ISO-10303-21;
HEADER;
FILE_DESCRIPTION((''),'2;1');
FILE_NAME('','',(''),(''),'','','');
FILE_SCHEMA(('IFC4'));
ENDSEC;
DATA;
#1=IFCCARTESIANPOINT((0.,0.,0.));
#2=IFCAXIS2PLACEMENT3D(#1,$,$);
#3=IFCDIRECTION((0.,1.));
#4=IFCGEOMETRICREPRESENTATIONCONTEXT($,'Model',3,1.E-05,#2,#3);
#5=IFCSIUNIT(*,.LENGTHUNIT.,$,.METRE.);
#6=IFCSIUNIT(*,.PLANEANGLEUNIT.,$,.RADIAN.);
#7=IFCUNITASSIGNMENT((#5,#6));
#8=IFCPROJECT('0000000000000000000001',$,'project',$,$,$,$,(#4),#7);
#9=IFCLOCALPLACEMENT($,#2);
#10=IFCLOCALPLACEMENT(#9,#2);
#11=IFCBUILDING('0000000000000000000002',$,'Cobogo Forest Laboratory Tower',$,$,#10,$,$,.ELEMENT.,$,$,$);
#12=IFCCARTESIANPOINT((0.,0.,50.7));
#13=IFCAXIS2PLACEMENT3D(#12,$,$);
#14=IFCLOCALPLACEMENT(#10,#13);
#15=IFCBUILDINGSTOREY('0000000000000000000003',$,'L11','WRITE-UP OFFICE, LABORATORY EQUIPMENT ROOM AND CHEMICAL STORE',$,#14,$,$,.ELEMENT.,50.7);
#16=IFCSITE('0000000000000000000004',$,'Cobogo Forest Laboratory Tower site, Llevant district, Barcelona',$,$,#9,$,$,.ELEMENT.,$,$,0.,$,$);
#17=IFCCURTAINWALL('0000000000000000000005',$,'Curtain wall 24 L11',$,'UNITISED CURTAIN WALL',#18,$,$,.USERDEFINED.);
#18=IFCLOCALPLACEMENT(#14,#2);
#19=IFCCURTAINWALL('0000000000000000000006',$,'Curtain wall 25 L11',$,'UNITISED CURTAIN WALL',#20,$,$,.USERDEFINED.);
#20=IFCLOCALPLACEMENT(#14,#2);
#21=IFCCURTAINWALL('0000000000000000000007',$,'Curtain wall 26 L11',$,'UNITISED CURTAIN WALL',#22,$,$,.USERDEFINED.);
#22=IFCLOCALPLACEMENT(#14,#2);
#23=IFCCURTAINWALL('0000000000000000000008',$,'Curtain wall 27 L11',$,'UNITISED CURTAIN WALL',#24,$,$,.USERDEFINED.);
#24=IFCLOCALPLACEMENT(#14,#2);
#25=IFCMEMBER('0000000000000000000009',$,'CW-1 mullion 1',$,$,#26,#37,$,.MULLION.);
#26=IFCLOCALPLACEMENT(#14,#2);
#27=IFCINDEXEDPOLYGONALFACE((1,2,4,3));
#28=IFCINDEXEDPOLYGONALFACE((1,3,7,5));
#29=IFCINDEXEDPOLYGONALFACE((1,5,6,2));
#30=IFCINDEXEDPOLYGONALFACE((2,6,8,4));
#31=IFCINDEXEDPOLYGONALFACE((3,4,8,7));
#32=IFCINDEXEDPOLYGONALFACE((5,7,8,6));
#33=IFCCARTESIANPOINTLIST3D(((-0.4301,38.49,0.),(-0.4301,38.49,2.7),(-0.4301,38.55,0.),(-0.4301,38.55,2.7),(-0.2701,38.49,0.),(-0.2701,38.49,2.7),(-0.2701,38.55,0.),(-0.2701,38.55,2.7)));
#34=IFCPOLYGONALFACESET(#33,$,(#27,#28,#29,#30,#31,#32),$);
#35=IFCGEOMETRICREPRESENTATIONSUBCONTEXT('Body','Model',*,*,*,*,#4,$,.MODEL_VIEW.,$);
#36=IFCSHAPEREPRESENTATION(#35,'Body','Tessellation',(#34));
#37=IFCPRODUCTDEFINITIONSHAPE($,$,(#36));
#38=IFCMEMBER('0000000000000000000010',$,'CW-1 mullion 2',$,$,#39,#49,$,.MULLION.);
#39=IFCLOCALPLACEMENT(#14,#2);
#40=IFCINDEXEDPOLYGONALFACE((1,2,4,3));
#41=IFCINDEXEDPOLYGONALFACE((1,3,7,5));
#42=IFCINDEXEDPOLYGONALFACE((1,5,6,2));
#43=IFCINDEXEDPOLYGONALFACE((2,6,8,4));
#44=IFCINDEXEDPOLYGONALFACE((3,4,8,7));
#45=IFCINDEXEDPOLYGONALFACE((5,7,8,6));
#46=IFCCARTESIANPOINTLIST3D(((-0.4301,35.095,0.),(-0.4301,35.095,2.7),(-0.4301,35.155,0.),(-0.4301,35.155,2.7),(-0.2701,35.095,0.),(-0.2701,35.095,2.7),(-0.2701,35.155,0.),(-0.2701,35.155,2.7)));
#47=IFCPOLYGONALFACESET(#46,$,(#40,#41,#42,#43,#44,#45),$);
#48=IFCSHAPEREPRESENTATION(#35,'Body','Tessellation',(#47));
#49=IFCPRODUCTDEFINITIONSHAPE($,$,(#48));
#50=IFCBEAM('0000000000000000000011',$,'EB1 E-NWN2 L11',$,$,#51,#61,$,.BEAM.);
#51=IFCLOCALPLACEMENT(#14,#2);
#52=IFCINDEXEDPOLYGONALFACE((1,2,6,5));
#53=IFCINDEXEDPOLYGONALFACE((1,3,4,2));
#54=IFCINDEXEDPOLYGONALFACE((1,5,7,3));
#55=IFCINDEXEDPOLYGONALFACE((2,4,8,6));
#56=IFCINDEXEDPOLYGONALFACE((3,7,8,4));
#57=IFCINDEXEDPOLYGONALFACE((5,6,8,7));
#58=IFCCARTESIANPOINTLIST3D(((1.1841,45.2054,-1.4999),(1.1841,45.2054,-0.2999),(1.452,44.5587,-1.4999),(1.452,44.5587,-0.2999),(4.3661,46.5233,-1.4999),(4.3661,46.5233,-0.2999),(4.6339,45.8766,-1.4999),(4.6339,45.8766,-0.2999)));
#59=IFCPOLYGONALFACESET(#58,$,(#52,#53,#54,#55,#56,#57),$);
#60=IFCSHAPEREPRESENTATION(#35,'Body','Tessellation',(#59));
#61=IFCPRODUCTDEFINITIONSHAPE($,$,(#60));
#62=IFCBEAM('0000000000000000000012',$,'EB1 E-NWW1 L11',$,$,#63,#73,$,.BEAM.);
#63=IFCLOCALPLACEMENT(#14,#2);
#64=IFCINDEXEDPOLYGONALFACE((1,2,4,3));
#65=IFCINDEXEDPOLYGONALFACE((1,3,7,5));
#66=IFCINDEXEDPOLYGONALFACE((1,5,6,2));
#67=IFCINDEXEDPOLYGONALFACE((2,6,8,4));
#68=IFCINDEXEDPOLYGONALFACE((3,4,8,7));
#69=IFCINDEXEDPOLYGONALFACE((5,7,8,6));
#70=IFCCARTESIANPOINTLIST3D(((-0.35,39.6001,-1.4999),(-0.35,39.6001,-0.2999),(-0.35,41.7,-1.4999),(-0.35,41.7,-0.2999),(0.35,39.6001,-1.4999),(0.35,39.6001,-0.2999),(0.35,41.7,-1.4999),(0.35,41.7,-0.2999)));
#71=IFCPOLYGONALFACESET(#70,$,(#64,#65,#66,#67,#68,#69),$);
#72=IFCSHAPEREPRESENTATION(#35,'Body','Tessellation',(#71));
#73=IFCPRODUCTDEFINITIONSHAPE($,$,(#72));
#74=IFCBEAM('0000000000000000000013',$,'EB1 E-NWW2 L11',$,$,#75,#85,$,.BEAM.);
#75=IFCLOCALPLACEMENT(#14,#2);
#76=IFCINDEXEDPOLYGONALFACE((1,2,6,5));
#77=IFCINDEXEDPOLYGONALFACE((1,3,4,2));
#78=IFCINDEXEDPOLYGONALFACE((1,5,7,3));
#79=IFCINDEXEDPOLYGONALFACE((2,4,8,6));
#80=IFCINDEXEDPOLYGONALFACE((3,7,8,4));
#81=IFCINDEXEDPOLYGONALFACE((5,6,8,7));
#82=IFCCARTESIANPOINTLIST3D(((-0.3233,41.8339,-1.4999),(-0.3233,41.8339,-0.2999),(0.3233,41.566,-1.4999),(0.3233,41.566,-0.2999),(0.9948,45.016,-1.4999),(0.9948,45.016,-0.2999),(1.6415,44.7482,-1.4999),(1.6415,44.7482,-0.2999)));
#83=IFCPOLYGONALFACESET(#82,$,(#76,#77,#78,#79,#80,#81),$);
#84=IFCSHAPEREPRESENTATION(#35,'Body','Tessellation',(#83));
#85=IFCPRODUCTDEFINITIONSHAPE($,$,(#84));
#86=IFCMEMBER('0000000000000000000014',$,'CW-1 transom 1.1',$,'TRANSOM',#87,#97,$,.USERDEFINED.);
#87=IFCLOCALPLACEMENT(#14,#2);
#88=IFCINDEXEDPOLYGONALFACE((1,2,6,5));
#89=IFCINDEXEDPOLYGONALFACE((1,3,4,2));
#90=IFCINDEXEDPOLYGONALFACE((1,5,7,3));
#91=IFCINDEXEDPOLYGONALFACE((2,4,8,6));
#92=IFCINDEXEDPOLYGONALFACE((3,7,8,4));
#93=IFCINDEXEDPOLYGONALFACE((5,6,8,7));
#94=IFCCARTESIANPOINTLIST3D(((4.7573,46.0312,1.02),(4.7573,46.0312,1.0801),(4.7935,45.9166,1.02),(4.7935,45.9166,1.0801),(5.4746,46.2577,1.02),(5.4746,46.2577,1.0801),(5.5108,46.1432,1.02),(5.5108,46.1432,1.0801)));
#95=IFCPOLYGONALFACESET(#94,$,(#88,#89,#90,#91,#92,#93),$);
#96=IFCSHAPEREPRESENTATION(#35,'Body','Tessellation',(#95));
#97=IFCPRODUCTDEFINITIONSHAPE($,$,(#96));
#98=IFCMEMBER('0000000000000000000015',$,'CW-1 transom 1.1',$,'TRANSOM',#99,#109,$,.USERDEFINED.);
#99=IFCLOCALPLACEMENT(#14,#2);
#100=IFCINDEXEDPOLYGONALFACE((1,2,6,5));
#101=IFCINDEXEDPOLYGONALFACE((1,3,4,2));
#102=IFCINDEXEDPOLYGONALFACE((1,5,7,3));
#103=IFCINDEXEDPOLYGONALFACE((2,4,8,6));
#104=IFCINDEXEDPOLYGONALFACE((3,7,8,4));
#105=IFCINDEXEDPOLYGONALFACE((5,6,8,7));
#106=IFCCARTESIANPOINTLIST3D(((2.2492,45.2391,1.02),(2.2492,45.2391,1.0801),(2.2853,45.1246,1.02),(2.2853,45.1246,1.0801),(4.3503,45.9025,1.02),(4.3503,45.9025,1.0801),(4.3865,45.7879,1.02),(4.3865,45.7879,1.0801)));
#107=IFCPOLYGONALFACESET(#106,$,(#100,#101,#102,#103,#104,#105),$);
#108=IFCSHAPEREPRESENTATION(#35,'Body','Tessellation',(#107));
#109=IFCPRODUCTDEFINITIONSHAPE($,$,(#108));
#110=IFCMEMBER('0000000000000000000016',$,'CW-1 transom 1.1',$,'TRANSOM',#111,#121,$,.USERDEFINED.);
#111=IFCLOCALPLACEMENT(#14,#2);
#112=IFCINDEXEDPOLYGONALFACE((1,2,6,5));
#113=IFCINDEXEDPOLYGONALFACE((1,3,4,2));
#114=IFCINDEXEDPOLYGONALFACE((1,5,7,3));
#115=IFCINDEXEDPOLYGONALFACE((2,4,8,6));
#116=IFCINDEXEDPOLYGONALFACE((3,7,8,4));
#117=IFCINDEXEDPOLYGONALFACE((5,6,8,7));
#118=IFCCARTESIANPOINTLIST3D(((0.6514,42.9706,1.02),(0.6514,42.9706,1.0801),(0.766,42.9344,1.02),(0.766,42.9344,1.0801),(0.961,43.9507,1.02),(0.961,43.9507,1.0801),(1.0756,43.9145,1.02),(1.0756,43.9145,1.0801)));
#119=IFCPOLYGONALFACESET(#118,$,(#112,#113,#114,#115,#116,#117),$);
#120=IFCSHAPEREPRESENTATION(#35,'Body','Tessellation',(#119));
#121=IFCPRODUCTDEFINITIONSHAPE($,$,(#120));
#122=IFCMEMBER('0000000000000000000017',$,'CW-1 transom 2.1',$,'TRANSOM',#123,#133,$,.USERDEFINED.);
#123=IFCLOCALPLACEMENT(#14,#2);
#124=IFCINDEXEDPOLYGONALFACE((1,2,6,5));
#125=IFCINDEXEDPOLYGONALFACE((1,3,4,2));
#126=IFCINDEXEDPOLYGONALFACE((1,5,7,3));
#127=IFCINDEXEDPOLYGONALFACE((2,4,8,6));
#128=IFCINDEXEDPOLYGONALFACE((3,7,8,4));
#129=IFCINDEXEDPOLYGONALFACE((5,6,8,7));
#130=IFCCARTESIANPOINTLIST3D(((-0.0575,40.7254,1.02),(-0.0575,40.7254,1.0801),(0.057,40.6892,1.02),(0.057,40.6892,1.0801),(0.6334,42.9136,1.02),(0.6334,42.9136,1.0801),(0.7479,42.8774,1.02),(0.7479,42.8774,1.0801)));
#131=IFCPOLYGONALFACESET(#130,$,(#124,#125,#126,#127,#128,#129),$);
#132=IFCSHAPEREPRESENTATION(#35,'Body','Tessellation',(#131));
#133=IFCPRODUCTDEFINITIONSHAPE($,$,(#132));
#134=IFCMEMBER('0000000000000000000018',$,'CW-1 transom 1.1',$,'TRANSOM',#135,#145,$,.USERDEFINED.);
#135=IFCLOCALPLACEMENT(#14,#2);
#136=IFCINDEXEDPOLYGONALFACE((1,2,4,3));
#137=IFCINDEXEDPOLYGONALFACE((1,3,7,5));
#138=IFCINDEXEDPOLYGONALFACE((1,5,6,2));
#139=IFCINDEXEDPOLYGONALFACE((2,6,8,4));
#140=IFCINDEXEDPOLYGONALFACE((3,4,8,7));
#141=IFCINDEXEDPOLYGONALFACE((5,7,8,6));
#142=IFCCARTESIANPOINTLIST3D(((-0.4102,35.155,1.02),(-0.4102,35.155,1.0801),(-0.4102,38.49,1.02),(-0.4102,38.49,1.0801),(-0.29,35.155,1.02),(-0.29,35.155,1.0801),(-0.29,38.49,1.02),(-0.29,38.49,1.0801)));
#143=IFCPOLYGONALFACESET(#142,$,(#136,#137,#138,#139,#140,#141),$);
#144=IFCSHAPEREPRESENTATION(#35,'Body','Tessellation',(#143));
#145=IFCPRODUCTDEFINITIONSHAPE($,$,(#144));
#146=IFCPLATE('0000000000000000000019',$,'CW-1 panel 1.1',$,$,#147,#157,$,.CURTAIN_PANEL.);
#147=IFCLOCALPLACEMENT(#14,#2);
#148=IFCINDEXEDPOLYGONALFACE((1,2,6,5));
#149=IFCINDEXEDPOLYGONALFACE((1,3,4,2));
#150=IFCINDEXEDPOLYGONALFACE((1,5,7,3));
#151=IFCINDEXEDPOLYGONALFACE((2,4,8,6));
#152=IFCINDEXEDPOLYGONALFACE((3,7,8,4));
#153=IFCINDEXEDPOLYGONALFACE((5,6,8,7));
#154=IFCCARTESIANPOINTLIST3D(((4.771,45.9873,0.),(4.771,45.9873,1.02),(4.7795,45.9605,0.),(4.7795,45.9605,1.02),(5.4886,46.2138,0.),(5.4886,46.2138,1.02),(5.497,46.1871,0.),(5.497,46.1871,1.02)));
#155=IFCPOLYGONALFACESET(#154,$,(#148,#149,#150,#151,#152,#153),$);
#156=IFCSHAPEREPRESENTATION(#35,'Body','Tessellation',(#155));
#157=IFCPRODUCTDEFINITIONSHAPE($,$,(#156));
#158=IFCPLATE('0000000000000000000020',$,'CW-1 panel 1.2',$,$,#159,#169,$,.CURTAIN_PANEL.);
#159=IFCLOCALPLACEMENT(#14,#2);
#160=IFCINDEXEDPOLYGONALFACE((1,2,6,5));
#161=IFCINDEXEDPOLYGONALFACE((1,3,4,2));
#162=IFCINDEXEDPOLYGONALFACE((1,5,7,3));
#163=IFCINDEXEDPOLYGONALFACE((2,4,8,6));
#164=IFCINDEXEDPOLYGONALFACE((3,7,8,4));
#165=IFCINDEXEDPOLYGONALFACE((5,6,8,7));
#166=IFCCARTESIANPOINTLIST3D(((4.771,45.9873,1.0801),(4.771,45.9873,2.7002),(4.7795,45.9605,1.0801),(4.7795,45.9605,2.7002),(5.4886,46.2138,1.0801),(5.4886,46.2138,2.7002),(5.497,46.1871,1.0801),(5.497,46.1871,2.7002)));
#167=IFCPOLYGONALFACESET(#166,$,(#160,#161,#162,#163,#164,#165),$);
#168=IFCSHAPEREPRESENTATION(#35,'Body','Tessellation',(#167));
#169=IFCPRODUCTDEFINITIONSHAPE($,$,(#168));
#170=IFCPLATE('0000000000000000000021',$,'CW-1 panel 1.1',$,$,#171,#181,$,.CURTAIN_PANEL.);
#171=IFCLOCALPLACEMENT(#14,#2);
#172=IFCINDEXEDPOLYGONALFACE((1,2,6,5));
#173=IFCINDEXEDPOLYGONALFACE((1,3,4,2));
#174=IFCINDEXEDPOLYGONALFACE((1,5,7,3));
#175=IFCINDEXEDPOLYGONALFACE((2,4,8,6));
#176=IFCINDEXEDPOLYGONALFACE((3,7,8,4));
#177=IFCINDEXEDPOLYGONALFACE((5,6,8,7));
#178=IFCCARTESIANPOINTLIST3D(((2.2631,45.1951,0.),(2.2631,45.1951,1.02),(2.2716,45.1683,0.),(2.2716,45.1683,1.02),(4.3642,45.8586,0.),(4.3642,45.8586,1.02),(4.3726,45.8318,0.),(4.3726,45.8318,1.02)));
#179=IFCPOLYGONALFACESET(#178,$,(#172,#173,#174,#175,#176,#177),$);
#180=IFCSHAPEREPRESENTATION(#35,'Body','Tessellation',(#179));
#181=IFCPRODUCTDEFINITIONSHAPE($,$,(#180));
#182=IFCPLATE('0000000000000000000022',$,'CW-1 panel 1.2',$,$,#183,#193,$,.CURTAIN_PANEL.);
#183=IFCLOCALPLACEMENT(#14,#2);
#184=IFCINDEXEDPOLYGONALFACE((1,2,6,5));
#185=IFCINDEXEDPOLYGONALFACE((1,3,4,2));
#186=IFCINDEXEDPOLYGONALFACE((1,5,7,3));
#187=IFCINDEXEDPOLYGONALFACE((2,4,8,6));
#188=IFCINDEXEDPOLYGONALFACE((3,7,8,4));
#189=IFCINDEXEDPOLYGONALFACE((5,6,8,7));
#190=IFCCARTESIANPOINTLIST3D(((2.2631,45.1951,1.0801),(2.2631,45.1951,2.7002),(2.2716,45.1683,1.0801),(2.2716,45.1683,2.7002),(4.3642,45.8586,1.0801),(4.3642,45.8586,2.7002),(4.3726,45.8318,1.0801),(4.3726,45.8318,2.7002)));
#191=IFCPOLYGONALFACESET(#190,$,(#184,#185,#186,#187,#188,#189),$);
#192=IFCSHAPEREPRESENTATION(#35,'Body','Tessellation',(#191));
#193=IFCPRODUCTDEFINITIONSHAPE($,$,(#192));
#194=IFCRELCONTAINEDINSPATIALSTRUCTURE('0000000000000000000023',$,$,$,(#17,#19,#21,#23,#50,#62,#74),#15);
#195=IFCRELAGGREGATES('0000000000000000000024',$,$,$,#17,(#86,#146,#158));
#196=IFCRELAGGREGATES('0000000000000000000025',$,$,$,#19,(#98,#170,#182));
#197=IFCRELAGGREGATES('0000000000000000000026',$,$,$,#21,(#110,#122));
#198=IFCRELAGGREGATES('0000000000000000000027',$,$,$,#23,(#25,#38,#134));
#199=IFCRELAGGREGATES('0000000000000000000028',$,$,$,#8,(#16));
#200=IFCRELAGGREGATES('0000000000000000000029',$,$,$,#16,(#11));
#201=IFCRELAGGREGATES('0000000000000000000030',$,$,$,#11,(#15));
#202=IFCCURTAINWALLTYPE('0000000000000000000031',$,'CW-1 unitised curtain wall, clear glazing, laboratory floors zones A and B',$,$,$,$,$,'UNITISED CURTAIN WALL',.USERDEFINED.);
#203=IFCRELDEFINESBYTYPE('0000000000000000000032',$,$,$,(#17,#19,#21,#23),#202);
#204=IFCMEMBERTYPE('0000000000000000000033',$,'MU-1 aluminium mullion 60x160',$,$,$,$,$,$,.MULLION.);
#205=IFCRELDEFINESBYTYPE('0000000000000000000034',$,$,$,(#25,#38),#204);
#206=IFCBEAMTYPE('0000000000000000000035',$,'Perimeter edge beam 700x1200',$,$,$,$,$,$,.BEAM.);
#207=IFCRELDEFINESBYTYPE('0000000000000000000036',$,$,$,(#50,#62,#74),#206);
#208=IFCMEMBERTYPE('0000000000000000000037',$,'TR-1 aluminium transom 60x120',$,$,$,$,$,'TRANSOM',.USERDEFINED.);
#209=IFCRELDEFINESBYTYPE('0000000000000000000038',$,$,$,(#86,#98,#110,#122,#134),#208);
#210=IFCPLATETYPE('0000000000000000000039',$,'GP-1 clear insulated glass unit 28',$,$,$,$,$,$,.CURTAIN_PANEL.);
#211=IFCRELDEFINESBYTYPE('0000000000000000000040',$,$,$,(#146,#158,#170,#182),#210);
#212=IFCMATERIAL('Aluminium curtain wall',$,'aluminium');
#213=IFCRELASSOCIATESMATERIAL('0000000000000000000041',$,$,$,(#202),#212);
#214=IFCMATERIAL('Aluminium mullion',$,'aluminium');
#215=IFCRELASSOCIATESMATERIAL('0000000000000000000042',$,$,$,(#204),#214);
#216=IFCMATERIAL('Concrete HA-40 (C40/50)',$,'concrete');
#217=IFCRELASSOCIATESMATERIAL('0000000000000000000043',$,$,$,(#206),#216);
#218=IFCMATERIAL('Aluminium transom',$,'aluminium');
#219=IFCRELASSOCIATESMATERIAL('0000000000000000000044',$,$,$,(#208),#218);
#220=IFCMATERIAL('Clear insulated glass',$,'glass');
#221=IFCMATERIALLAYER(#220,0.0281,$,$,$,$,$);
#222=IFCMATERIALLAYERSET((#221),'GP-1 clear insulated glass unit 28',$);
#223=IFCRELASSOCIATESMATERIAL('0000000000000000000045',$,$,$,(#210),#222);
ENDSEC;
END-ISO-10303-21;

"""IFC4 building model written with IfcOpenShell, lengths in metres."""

from ifc_helpers import new_model, si_unit, direction, frame, origin, origin_2d, place, context, subcontext, project, spatial, rectangle, extrude, material, layer, layer_set, material_profile, profile_set, type_object, element, aggregate, save


model = new_model("IFC4")

# Units and contexts
model_context = context("Model", 3, precision=1e-05, world=origin(), true_north=direction((0.0, 1.0)))
body_context = subcontext(model_context, "Body", "Model", "MODEL_VIEW")
ifc_project = project(units=[si_unit("LENGTHUNIT", "METRE"), si_unit("PLANEANGLEUNIT", "RADIAN")], contexts=[model_context])

# Site, building, storey
site_placement = place(None, origin())
site = spatial("IfcSite", under=ifc_project, at=site_placement, Name="Cobogo Forest Laboratory Tower site, Llevant district, Barcelona", CompositionType="ELEMENT", RefElevation=0.0)
building_placement = place(site_placement, origin())
building = spatial("IfcBuilding", under=site, at=building_placement, Name="Cobogo Forest Laboratory Tower", CompositionType="ELEMENT")
storey_placement = place(building_placement, frame((0.0, 0.0, 50.7)))
storey = spatial("IfcBuildingStorey", under=building, at=storey_placement, Name="L11", Description="WRITE-UP OFFICE, LABORATORY EQUIPMENT ROOM AND CHEMICAL STORE", CompositionType="ELEMENT", Elevation=50.7)

# Shared definitions
ifc_material_1 = material(Name="Concrete HA-40 (C40/50)", Category="concrete")

# Curtain walls, members
ifc_material_2 = material(Name="Aluminium curtain wall", Category="aluminium")
curtain_wall_type = type_object("IfcCurtainWallType", Name="CW-1 unitised curtain wall, clear glazing, laboratory floors zones A and B", ElementType="UNITISED CURTAIN WALL", PredefinedType="USERDEFINED", material=ifc_material_2)
curtain_wall_1_placement = place(storey_placement, origin())
curtain_wall_1 = element("IfcCurtainWall", 1, at=curtain_wall_1_placement, inside=storey, type_object=curtain_wall_type, Name="Curtain wall 24 L11", ObjectType="UNITISED CURTAIN WALL", PredefinedType="USERDEFINED")
ifc_material_3 = material(Name="Aluminium mullion", Category="aluminium")
ifc_material_profile_1 = material_profile(ifc_material_3, rectangle(XDim=0.0601, YDim=0.1599, at=origin_2d()), Name="AL 60x160")
ifc_profile_set_1 = profile_set([ifc_material_profile_1], Name="Aluminium mullion")
member_type_1 = type_object("IfcMemberType", Name="MU-1 aluminium mullion 60x160", PredefinedType="MULLION", material=ifc_profile_set_1)
curtain_wall_2_placement = place(storey_placement, origin())
curtain_wall_2 = element("IfcCurtainWall", 2, at=curtain_wall_2_placement, inside=storey, type_object=curtain_wall_type, Name="Curtain wall 25 L11", ObjectType="UNITISED CURTAIN WALL", PredefinedType="USERDEFINED")
curtain_wall_3_placement = place(storey_placement, origin())
curtain_wall_3 = element("IfcCurtainWall", 3, at=curtain_wall_3_placement, inside=storey, type_object=curtain_wall_type, Name="Curtain wall 26 L11", ObjectType="UNITISED CURTAIN WALL", PredefinedType="USERDEFINED")
curtain_wall_4_placement = place(storey_placement, origin())
curtain_wall_4 = element("IfcCurtainWall", 4, at=curtain_wall_4_placement, inside=storey, type_object=curtain_wall_type, Name="Curtain wall 27 L11", ObjectType="UNITISED CURTAIN WALL", PredefinedType="USERDEFINED")
member_1_placement = place(storey_placement, frame((-0.3501, 38.52, 0.0), z_axis=(0.0, 0.0, 1.0), x_axis=(0.0, -1.0, 0.0)))
member_1 = element("IfcMember", 5, at=member_1_placement, type_object=member_type_1, Name="CW-1 mullion 1", PredefinedType="MULLION", context=body_context, shape_type="SweptSolid", body=[
    extrude(rectangle(XDim=0.0601, YDim=0.1599, at=origin_2d()), origin(), (0.0, 0.0, 1.0), 2.7),
])
member_2_placement = place(storey_placement, frame((-0.3501, 35.125, 0.0), z_axis=(0.0, 0.0, 1.0), x_axis=(0.0, -1.0, 0.0)))
member_2 = element("IfcMember", 6, at=member_2_placement, type_object=member_type_1, Name="CW-1 mullion 2", PredefinedType="MULLION", context=body_context, shape_type="SweptSolid", body=[
    extrude(rectangle(XDim=0.0601, YDim=0.1599, at=origin_2d()), origin(), (0.0, 0.0, 1.0), 2.7),
])

# Beams
ifc_material_profile_2 = material_profile(ifc_material_1, rectangle(XDim=0.7, YDim=1.2, at=origin_2d()), Name="RC 700x1200")
ifc_profile_set_2 = profile_set([ifc_material_profile_2], Name="Concrete HA-40 (C40/50)")
beam_type_1 = type_object("IfcBeamType", Name="Perimeter edge beam 700x1200", PredefinedType="BEAM", material=ifc_profile_set_2)
beam_1_placement = place(storey_placement, frame((4.5, 46.2, -0.8999), z_axis=(-0.923891, -0.382656, 0.0), x_axis=(0.382656, -0.923891, 0.0)))
element("IfcBeam", 7, at=beam_1_placement, inside=storey, type_object=beam_type_1, Name="EB1 E-NWN2 L11", PredefinedType="BEAM", context=body_context, shape_type="SweptSolid", body=[
    extrude(rectangle(XDim=0.7, YDim=1.2, at=origin_2d()), origin(), (0.0, 0.0, 1.0), 3.4441),
])
beam_2_placement = place(storey_placement, frame((0.0, 39.6001, -0.8999), z_axis=(0.0, 1.0, 0.0), x_axis=(-1.0, 0.0, 0.0)))
element("IfcBeam", 8, at=beam_2_placement, inside=storey, type_object=beam_type_1, Name="EB1 E-NWW1 L11", PredefinedType="BEAM", context=body_context, shape_type="SweptSolid", body=[
    extrude(rectangle(XDim=0.7, YDim=1.2, at=origin_2d()), origin(), (0.0, 0.0, 1.0), 2.0999),
])
beam_3_placement = place(storey_placement, frame((0.0, 41.7, -0.8999), z_axis=(0.382692, 0.923876, 0.0), x_axis=(-0.923876, 0.382692, 0.0)))
element("IfcBeam", 9, at=beam_3_placement, inside=storey, type_object=beam_type_1, Name="EB1 E-NWW2 L11", PredefinedType="BEAM", context=body_context, shape_type="SweptSolid", body=[
    extrude(rectangle(XDim=0.7, YDim=1.2, at=origin_2d()), origin(), (0.0, 0.0, 1.0), 3.4443),
])

# Members
ifc_material_4 = material(Name="Aluminium transom", Category="aluminium")
ifc_material_profile_3 = material_profile(ifc_material_4, rectangle(XDim=0.1201, YDim=0.0601, at=origin_2d()), Name="AL 60x120")
ifc_profile_set_3 = profile_set([ifc_material_profile_3], Name="Aluminium transom")
member_type_2 = type_object("IfcMemberType", Name="TR-1 aluminium transom 60x120", ElementType="TRANSOM", PredefinedType="USERDEFINED", material=ifc_profile_set_3)
member_3_placement = place(storey_placement, frame((5.4927, 46.2004, 1.05), z_axis=(-0.953563, -0.301194, 0.0), x_axis=(0.301194, -0.953563, 0.0)))
member_3 = element("IfcMember", 10, at=member_3_placement, type_object=member_type_2, Name="CW-1 transom 1.1", ObjectType="TRANSOM", PredefinedType="USERDEFINED", context=body_context, shape_type="SweptSolid", body=[
    extrude(rectangle(XDim=0.1201, YDim=0.0601, at=origin_2d()), origin(), (0.0, 0.0, 1.0), 0.7522),
])
member_4_placement = place(storey_placement, frame((4.3684, 45.8452, 1.05), z_axis=(-0.953604, -0.301062, 0.0), x_axis=(0.301062, -0.953604, 0.0)))
member_4 = element("IfcMember", 11, at=member_4_placement, type_object=member_type_2, Name="CW-1 transom 1.1", ObjectType="TRANSOM", PredefinedType="USERDEFINED", context=body_context, shape_type="SweptSolid", body=[
    extrude(rectangle(XDim=0.1201, YDim=0.0601, at=origin_2d()), origin(), (0.0, 0.0, 1.0), 2.2034),
])
member_5_placement = place(storey_placement, frame((1.0183, 43.9326, 1.05), z_axis=(-0.301222, -0.953554, 0.0), x_axis=(0.953554, -0.301222, 0.0)))
member_5 = element("IfcMember", 12, at=member_5_placement, type_object=member_type_2, Name="CW-1 transom 1.1", ObjectType="TRANSOM", PredefinedType="USERDEFINED", context=body_context, shape_type="SweptSolid", body=[
    extrude(rectangle(XDim=0.1201, YDim=0.0601, at=origin_2d()), origin(), (0.0, 0.0, 1.0), 1.0278),
])
member_6_placement = place(storey_placement, frame((0.6907, 42.8955, 1.05), z_axis=(-0.301091, -0.953596, 0.0), x_axis=(0.953596, -0.301091, 0.0)))
member_6 = element("IfcMember", 13, at=member_6_placement, type_object=member_type_2, Name="CW-1 transom 2.1", ObjectType="TRANSOM", PredefinedType="USERDEFINED", context=body_context, shape_type="SweptSolid", body=[
    extrude(rectangle(XDim=0.1201, YDim=0.0601, at=origin_2d()), origin(), (0.0, 0.0, 1.0), 2.2947),
])
member_7_placement = place(storey_placement, frame((-0.3501, 38.49, 1.05), z_axis=(0.0, -1.0, 0.0), x_axis=(1.0, 0.0, 0.0)))
member_7 = element("IfcMember", 14, at=member_7_placement, type_object=member_type_2, Name="CW-1 transom 1.1", ObjectType="TRANSOM", PredefinedType="USERDEFINED", context=body_context, shape_type="SweptSolid", body=[
    extrude(rectangle(XDim=0.1201, YDim=0.0601, at=origin_2d()), origin(), (0.0, 0.0, 1.0), 3.335),
])

# Plates
ifc_material_5 = material(Name="Clear insulated glass", Category="glass")
ifc_layer_1 = layer(ifc_material_5, 0.0281)
ifc_layer_set_1 = layer_set([ifc_layer_1], Name="GP-1 clear insulated glass unit 28")
plate_type = type_object("IfcPlateType", Name="GP-1 clear insulated glass unit 28", PredefinedType="CURTAIN_PANEL", material=ifc_layer_set_1)
plate_1_placement = place(storey_placement, frame((5.134, 46.0872, 0.0), z_axis=(0.0, 0.0, 1.0), x_axis=(-0.953582, -0.301135, 0.0)))
plate_1 = element("IfcPlate", 15, at=plate_1_placement, type_object=plate_type, Name="CW-1 panel 1.1", PredefinedType="CURTAIN_PANEL", context=body_context, shape_type="SweptSolid", body=[
    extrude(rectangle(XDim=0.7524, YDim=0.0281, at=origin_2d()), origin(), (0.0, 0.0, 1.0), 1.02),
])
plate_2_placement = place(storey_placement, frame((5.134, 46.0872, 1.0801), z_axis=(0.0, 0.0, 1.0), x_axis=(-0.953582, -0.301135, 0.0)))
plate_2 = element("IfcPlate", 16, at=plate_2_placement, type_object=plate_type, Name="CW-1 panel 1.2", PredefinedType="CURTAIN_PANEL", context=body_context, shape_type="SweptSolid", body=[
    extrude(rectangle(XDim=0.7524, YDim=0.0281, at=origin_2d()), origin(), (0.0, 0.0, 1.0), 1.6201),
])
aggregate(curtain_wall_1, [member_3, plate_1, plate_2])
plate_3_placement = place(storey_placement, frame((3.3179, 45.5134, 0.0), z_axis=(0.0, 0.0, 1.0), x_axis=(-0.953581, -0.301135, 0.0)))
plate_3 = element("IfcPlate", 17, at=plate_3_placement, type_object=plate_type, Name="CW-1 panel 1.1", PredefinedType="CURTAIN_PANEL", context=body_context, shape_type="SweptSolid", body=[
    extrude(rectangle(XDim=2.2034, YDim=0.0281, at=origin_2d()), origin(), (0.0, 0.0, 1.0), 1.02),
])
plate_4_placement = place(storey_placement, frame((3.3179, 45.5134, 1.0801), z_axis=(0.0, 0.0, 1.0), x_axis=(-0.953581, -0.301135, 0.0)))
plate_4 = element("IfcPlate", 18, at=plate_4_placement, type_object=plate_type, Name="CW-1 panel 1.2", PredefinedType="CURTAIN_PANEL", context=body_context, shape_type="SweptSolid", body=[
    extrude(rectangle(XDim=2.2034, YDim=0.0281, at=origin_2d()), origin(), (0.0, 0.0, 1.0), 1.6201),
])
aggregate(curtain_wall_2, [member_4, plate_3, plate_4])
aggregate(curtain_wall_3, [member_5, member_6])
aggregate(curtain_wall_4, [member_1, member_2, member_7])

save(model, "model.ifc")
